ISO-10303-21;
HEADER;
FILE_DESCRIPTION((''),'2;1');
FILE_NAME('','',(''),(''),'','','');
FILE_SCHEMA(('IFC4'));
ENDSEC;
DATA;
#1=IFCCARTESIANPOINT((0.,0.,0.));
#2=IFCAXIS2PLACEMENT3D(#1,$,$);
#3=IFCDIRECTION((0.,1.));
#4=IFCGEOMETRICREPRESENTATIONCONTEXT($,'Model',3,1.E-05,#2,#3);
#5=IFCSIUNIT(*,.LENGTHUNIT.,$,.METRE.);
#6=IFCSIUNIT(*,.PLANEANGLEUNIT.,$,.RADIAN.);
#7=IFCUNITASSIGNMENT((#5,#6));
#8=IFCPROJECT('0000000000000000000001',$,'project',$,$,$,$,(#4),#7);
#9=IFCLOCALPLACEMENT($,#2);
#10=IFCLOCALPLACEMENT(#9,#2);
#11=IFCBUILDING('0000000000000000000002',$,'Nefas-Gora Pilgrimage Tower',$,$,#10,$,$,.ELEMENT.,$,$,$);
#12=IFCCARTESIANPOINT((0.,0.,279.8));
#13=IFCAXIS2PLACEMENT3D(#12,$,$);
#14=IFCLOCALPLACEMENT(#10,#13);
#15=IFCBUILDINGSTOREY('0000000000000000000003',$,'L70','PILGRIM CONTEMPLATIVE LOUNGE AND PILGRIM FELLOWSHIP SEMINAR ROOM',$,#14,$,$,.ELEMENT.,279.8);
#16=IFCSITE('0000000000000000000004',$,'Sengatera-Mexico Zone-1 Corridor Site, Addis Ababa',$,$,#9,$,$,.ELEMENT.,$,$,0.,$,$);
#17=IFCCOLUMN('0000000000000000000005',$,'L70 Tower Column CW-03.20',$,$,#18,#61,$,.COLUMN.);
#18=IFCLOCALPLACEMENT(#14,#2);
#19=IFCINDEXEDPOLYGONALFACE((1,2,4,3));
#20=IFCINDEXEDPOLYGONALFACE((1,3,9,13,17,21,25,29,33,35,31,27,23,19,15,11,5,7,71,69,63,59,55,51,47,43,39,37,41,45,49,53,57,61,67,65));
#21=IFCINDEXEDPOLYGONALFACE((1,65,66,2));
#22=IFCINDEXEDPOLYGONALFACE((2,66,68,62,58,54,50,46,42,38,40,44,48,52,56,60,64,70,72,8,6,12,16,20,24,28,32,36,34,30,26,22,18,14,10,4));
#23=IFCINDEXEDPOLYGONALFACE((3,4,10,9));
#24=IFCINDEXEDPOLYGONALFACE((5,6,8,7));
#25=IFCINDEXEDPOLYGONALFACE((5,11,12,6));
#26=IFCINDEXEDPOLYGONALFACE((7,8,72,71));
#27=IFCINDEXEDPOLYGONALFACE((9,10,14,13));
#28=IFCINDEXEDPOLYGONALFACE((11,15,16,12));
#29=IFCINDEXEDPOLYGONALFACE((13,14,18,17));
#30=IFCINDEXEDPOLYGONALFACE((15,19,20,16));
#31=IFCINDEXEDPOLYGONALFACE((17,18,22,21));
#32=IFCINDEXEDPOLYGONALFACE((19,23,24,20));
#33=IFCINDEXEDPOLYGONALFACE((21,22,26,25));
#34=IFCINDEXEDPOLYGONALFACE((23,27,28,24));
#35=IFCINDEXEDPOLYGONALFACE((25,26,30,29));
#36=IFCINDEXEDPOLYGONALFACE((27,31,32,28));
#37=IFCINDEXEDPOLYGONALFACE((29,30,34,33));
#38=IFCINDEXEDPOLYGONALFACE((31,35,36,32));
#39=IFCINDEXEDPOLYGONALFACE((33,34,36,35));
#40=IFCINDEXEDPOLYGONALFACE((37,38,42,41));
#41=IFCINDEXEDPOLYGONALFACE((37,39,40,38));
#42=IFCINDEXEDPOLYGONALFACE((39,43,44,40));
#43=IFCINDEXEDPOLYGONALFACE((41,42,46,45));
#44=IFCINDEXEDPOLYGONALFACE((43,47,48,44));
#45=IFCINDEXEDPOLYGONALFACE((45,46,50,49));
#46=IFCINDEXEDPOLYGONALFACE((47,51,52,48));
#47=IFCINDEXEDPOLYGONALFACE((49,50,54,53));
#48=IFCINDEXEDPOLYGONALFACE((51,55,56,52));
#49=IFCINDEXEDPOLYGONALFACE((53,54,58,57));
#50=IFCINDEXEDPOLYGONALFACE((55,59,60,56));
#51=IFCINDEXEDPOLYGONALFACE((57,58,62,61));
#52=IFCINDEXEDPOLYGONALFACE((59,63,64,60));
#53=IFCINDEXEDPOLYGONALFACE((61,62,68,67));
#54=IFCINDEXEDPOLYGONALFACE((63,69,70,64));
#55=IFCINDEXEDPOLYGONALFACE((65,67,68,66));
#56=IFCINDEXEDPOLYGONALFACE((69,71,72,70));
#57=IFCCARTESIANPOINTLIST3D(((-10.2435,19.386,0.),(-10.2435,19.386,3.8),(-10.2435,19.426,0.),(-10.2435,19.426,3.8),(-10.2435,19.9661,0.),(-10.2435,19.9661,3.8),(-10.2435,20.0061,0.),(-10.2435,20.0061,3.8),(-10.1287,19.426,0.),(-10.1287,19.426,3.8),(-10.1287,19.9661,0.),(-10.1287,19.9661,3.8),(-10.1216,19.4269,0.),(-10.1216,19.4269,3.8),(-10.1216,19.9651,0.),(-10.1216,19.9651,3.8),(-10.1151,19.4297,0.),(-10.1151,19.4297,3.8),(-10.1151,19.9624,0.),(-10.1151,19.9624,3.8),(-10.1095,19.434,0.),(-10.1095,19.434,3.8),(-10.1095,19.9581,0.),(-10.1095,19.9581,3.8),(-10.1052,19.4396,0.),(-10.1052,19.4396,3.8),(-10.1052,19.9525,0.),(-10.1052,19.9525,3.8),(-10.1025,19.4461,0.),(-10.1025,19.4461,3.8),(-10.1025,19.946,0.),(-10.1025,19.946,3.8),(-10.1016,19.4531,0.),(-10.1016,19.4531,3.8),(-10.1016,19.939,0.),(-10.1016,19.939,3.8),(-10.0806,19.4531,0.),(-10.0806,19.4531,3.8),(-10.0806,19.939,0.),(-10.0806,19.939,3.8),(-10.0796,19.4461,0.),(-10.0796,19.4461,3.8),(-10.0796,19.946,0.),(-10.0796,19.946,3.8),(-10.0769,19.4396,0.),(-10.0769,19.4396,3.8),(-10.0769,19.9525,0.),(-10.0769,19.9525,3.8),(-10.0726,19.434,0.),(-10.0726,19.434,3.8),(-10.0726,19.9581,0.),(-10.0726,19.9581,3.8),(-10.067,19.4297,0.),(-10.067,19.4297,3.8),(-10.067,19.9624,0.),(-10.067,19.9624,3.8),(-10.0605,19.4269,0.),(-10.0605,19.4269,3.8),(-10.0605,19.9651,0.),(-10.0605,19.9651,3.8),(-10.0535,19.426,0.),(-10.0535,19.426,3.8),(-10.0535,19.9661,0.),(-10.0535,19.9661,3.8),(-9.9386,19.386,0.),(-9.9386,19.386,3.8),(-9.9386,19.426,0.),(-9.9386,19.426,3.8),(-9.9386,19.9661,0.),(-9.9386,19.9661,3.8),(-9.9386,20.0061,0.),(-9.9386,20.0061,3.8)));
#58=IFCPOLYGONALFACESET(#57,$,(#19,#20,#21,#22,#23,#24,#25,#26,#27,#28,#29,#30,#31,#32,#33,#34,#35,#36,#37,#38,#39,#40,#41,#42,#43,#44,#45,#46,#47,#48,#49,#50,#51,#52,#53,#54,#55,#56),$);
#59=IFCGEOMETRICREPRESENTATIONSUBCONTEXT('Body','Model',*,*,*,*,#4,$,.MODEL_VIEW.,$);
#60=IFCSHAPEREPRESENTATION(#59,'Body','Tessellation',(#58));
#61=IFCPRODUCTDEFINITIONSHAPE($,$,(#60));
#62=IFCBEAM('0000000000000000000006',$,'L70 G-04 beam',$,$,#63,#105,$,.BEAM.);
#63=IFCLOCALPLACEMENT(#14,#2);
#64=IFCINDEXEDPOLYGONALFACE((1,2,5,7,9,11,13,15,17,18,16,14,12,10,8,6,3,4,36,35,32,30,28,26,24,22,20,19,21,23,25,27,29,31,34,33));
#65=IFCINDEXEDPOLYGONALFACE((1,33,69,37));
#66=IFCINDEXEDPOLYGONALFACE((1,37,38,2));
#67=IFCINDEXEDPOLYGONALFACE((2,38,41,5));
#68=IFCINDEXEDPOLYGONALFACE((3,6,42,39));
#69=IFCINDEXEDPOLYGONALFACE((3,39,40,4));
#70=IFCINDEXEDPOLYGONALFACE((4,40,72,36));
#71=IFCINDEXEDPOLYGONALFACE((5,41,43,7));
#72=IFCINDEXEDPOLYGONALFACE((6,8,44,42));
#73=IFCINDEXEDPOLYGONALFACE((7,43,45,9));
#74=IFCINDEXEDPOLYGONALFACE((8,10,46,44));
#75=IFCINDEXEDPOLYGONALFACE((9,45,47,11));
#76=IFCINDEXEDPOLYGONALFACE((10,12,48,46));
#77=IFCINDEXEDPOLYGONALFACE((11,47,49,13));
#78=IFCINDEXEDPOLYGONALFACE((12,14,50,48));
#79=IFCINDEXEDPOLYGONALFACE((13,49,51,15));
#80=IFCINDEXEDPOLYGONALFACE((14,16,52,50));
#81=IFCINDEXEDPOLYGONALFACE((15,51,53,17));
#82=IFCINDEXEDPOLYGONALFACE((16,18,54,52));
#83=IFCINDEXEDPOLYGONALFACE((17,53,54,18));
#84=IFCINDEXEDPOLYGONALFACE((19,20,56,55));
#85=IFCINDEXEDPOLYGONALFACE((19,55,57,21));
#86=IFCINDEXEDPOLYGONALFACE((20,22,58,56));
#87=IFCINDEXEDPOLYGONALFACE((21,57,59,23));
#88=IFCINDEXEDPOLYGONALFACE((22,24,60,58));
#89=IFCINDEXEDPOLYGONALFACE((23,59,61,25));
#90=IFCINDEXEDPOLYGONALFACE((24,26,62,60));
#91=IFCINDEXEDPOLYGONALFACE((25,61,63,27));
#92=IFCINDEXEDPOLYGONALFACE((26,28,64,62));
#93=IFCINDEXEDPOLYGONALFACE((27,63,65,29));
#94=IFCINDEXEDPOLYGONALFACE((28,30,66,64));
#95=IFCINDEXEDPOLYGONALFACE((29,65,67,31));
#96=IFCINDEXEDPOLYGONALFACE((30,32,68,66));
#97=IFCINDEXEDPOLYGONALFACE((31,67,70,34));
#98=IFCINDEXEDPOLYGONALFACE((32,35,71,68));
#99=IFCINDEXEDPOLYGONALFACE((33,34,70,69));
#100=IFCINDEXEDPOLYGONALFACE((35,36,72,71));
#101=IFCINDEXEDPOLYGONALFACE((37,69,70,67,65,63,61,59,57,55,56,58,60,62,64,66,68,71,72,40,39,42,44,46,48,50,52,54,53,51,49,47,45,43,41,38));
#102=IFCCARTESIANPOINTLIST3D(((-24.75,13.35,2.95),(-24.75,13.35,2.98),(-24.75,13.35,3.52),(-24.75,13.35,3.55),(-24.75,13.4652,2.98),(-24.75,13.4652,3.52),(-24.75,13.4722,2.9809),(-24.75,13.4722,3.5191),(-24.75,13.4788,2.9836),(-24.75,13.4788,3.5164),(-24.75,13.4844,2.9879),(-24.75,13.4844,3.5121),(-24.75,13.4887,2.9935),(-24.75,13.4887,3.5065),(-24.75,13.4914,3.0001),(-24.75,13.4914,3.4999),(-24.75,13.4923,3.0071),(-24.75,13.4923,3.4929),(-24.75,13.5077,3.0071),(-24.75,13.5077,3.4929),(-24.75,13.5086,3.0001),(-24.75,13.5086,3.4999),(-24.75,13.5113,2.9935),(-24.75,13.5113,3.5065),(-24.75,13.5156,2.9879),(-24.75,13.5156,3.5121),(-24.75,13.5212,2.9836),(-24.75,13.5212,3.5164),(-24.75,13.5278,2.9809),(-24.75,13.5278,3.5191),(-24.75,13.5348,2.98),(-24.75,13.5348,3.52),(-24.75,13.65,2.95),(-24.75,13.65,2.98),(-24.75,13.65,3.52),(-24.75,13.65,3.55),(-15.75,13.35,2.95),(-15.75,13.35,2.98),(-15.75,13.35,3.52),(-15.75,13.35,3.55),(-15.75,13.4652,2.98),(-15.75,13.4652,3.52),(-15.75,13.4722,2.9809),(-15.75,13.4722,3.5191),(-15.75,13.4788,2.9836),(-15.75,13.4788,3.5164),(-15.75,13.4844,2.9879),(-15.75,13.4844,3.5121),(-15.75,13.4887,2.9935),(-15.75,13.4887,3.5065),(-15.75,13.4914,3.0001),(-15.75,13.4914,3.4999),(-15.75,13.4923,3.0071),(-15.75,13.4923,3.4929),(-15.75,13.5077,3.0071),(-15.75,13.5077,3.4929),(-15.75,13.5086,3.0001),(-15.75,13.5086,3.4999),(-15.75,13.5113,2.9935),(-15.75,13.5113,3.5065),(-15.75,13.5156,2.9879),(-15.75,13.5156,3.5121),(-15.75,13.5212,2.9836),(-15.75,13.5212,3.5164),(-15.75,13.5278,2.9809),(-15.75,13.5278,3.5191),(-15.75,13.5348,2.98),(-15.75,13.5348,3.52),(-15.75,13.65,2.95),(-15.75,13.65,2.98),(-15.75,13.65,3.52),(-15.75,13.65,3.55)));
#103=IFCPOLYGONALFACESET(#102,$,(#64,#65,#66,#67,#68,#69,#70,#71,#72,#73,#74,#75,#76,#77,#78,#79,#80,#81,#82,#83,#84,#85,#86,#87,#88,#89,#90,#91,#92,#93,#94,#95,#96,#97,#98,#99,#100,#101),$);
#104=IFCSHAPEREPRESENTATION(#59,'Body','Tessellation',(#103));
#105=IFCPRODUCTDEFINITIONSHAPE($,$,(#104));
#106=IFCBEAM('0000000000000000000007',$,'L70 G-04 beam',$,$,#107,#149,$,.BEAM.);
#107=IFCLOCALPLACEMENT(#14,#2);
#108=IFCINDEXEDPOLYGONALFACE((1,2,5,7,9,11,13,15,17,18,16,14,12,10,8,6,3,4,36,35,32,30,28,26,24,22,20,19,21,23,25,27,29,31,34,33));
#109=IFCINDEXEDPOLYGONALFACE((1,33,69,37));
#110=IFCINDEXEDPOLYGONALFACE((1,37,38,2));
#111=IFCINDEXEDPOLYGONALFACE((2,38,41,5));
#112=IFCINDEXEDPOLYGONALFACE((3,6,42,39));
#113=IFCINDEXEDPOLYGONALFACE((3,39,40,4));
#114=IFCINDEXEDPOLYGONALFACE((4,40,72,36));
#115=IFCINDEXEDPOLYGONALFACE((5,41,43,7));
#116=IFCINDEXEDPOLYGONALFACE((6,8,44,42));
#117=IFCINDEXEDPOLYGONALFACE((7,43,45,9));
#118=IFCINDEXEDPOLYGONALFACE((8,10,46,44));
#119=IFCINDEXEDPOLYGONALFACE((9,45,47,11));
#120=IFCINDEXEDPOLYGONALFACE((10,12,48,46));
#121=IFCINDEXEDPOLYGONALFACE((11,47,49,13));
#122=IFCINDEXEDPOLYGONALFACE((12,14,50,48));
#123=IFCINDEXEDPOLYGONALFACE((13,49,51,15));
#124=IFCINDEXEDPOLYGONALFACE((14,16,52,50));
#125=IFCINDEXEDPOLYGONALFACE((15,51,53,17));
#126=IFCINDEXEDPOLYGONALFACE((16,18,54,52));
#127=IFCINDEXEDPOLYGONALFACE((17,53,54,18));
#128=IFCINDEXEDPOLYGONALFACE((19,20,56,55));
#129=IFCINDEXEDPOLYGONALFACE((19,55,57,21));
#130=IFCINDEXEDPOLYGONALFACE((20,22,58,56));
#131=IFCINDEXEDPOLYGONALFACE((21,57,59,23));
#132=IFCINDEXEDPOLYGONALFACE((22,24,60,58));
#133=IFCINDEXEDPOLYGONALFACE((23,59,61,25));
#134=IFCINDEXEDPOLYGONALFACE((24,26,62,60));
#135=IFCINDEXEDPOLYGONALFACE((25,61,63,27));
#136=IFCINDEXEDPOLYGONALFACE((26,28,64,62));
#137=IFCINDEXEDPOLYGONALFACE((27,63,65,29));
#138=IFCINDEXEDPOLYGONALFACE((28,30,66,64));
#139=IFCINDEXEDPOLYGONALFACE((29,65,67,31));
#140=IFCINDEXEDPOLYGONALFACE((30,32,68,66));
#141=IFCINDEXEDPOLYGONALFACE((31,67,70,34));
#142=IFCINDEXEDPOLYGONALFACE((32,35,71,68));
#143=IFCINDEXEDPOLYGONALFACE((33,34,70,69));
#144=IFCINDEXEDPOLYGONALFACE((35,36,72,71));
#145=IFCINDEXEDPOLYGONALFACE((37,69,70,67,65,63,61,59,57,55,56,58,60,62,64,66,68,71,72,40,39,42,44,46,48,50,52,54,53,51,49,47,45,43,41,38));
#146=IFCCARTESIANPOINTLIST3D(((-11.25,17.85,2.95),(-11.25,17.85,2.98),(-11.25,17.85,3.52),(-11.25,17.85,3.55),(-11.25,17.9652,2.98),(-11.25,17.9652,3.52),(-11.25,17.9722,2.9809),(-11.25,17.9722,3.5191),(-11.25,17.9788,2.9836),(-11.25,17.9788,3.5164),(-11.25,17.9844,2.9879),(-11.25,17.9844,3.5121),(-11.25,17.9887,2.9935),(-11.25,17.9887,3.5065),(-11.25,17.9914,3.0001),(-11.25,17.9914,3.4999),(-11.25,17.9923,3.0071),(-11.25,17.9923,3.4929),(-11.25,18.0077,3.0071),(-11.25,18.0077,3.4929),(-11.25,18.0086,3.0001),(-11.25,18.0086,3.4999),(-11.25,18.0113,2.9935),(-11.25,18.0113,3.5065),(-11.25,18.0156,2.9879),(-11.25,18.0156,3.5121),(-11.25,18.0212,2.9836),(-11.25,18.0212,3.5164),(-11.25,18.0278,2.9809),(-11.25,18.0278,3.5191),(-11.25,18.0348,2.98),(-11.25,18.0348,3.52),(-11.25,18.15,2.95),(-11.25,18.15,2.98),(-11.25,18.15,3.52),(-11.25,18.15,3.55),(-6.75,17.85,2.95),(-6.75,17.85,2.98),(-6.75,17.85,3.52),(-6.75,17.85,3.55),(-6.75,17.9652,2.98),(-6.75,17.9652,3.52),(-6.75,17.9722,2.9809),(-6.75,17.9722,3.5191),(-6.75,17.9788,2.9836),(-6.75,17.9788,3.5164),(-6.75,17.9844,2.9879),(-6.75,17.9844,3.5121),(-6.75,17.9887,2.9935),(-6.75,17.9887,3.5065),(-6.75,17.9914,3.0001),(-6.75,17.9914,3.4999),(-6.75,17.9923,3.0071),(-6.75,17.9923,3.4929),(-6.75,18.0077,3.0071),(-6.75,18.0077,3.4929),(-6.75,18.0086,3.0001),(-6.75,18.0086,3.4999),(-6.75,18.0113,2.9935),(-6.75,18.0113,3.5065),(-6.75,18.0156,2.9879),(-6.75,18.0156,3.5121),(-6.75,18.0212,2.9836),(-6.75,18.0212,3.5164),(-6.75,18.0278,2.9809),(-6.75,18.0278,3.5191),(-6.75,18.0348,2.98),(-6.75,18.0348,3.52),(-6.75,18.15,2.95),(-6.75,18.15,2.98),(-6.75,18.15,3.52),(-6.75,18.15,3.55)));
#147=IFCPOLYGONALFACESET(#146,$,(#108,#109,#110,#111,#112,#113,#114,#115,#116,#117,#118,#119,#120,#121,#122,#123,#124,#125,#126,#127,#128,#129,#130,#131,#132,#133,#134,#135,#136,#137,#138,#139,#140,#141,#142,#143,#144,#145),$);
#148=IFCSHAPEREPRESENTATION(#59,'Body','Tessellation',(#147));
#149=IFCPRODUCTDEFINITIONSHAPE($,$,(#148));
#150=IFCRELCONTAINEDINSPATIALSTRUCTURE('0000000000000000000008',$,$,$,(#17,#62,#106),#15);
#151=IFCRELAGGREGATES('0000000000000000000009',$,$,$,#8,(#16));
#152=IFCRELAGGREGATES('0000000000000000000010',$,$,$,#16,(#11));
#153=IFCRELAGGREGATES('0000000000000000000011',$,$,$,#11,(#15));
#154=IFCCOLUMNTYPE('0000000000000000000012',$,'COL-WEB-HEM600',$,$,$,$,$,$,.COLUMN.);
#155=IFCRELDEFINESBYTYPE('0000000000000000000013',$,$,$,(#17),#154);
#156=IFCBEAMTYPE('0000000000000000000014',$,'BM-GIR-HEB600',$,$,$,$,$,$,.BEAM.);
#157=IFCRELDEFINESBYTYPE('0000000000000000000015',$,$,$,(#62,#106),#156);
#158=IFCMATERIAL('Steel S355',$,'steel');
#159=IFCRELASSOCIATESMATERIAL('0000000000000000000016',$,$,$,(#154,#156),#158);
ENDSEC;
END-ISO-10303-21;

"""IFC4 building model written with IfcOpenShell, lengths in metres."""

from ifc_helpers import new_model, si_unit, direction, frame, origin, origin_2d, place, context, subcontext, project, spatial, i_section, extrude, source, transform, mapped, material, material_profile, profile_set, type_object, element, save


model = new_model("IFC4")

# Units and contexts
model_context = context("Model", 3, precision=1e-05, world=origin(), true_north=direction((0.0, 1.0)))
body_context = subcontext(model_context, "Body", "Model", "MODEL_VIEW")
ifc_project = project(units=[si_unit("LENGTHUNIT", "METRE"), si_unit("PLANEANGLEUNIT", "RADIAN")], contexts=[model_context])

# Site, building, storey
site_placement = place(None, origin())
site = spatial("IfcSite", under=ifc_project, at=site_placement, Name="Sengatera-Mexico Zone-1 Corridor Site, Addis Ababa", CompositionType="ELEMENT", RefElevation=0.0)
building_placement = place(site_placement, origin())
building = spatial("IfcBuilding", under=site, at=building_placement, Name="Nefas-Gora Pilgrimage Tower", CompositionType="ELEMENT")
storey_placement = place(building_placement, frame((0.0, 0.0, 279.8)))
storey = spatial("IfcBuildingStorey", under=building, at=storey_placement, Name="L70", Description="PILGRIM CONTEMPLATIVE LOUNGE AND PILGRIM FELLOWSHIP SEMINAR ROOM", CompositionType="ELEMENT", Elevation=279.8)

# Column
ifc_material_1 = material(Name="Steel S355", Category="steel")
ifc_material_profile_1 = material_profile(ifc_material_1, i_section(OverallWidth=0.3049, OverallDepth=0.6201, WebThickness=0.021, FlangeThickness=0.04, FilletRadius=0.0271, at=origin_2d()), Name="HEM 600")
ifc_profile_set_1 = profile_set([ifc_material_profile_1], Name="Steel S355")
column_type_1 = type_object("IfcColumnType", Name="COL-WEB-HEM600", PredefinedType="COLUMN", material=ifc_profile_set_1)
shared_shape_1 = source(origin(), body_context, "Body", "SweptSolid", [
    extrude(i_section(OverallWidth=0.3049, OverallDepth=0.6201, WebThickness=0.021, FlangeThickness=0.04, FilletRadius=0.0271, at=origin_2d()), origin(), (0.0, 0.0, 1.0), 3.8),
])
for number, where, z_axis, x_axis, name in (
    (1, (-10.0911, 19.696, 0.0), (0.0, 0.0, 1.0), (1.0, 0.0, 0.0), "L70 Tower Column CW-03.20"),
):
    element("IfcColumn", number, at=place(storey_placement, frame(where, z_axis=z_axis, x_axis=x_axis)), inside=storey, type_object=column_type_1, Name=name, PredefinedType="COLUMN", context=body_context, shape_type="MappedRepresentation", body=[
        mapped(shared_shape_1, transform((0.0, 0.0, 0.0), x_axis=(1.0, 0.0, 0.0), y_axis=(0.0, 1.0, 0.0), z_axis=(0.0, 0.0, 1.0), scale=1.0)),
    ])

# Beams
ifc_material_profile_2 = material_profile(ifc_material_1, i_section(OverallWidth=0.3, OverallDepth=0.6001, WebThickness=0.0154, FlangeThickness=0.03, FilletRadius=0.0271, at=origin_2d()), Name="HEB 600")
ifc_profile_set_2 = profile_set([ifc_material_profile_2], Name="Steel S355")
beam_type = type_object("IfcBeamType", Name="BM-GIR-HEB600", PredefinedType="BEAM", material=ifc_profile_set_2)
shared_shape_2 = source(origin(), body_context, "Body", "SweptSolid", [
    extrude(i_section(OverallWidth=0.3, OverallDepth=0.6001, WebThickness=0.0154, FlangeThickness=0.03, FilletRadius=0.0271, at=origin_2d()), origin(), (0.0, 0.0, 1.0), 9.0),
])
beam_1_placement = place(storey_placement, frame((-24.75, 13.5, 3.25), z_axis=(1.0, 0.0, 0.0), x_axis=(0.0, 1.0, 0.0)))
element("IfcBeam", 2, at=beam_1_placement, inside=storey, type_object=beam_type, Name="L70 G-04 beam", PredefinedType="BEAM", context=body_context, shape_type="MappedRepresentation", body=[
    mapped(shared_shape_2, transform((0.0, 0.0, 0.0), x_axis=(1.0, 0.0, 0.0), y_axis=(0.0, 1.0, 0.0), z_axis=(0.0, 0.0, 1.0), scale=1.0)),
])
shared_shape_3 = source(origin(), body_context, "Body", "SweptSolid", [
    extrude(i_section(OverallWidth=0.3, OverallDepth=0.6001, WebThickness=0.0154, FlangeThickness=0.03, FilletRadius=0.0271, at=origin_2d()), origin(), (0.0, 0.0, 1.0), 4.5),
])
beam_2_placement = place(storey_placement, frame((-11.25, 18.0, 3.25), z_axis=(1.0, 0.0, 0.0), x_axis=(0.0, 1.0, 0.0)))
element("IfcBeam", 3, at=beam_2_placement, inside=storey, type_object=beam_type, Name="L70 G-04 beam", PredefinedType="BEAM", context=body_context, shape_type="MappedRepresentation", body=[
    mapped(shared_shape_3, transform((0.0, 0.0, 0.0), x_axis=(1.0, 0.0, 0.0), y_axis=(0.0, 1.0, 0.0), z_axis=(0.0, 0.0, 1.0), scale=1.0)),
])

save(model, "model.ifc")
